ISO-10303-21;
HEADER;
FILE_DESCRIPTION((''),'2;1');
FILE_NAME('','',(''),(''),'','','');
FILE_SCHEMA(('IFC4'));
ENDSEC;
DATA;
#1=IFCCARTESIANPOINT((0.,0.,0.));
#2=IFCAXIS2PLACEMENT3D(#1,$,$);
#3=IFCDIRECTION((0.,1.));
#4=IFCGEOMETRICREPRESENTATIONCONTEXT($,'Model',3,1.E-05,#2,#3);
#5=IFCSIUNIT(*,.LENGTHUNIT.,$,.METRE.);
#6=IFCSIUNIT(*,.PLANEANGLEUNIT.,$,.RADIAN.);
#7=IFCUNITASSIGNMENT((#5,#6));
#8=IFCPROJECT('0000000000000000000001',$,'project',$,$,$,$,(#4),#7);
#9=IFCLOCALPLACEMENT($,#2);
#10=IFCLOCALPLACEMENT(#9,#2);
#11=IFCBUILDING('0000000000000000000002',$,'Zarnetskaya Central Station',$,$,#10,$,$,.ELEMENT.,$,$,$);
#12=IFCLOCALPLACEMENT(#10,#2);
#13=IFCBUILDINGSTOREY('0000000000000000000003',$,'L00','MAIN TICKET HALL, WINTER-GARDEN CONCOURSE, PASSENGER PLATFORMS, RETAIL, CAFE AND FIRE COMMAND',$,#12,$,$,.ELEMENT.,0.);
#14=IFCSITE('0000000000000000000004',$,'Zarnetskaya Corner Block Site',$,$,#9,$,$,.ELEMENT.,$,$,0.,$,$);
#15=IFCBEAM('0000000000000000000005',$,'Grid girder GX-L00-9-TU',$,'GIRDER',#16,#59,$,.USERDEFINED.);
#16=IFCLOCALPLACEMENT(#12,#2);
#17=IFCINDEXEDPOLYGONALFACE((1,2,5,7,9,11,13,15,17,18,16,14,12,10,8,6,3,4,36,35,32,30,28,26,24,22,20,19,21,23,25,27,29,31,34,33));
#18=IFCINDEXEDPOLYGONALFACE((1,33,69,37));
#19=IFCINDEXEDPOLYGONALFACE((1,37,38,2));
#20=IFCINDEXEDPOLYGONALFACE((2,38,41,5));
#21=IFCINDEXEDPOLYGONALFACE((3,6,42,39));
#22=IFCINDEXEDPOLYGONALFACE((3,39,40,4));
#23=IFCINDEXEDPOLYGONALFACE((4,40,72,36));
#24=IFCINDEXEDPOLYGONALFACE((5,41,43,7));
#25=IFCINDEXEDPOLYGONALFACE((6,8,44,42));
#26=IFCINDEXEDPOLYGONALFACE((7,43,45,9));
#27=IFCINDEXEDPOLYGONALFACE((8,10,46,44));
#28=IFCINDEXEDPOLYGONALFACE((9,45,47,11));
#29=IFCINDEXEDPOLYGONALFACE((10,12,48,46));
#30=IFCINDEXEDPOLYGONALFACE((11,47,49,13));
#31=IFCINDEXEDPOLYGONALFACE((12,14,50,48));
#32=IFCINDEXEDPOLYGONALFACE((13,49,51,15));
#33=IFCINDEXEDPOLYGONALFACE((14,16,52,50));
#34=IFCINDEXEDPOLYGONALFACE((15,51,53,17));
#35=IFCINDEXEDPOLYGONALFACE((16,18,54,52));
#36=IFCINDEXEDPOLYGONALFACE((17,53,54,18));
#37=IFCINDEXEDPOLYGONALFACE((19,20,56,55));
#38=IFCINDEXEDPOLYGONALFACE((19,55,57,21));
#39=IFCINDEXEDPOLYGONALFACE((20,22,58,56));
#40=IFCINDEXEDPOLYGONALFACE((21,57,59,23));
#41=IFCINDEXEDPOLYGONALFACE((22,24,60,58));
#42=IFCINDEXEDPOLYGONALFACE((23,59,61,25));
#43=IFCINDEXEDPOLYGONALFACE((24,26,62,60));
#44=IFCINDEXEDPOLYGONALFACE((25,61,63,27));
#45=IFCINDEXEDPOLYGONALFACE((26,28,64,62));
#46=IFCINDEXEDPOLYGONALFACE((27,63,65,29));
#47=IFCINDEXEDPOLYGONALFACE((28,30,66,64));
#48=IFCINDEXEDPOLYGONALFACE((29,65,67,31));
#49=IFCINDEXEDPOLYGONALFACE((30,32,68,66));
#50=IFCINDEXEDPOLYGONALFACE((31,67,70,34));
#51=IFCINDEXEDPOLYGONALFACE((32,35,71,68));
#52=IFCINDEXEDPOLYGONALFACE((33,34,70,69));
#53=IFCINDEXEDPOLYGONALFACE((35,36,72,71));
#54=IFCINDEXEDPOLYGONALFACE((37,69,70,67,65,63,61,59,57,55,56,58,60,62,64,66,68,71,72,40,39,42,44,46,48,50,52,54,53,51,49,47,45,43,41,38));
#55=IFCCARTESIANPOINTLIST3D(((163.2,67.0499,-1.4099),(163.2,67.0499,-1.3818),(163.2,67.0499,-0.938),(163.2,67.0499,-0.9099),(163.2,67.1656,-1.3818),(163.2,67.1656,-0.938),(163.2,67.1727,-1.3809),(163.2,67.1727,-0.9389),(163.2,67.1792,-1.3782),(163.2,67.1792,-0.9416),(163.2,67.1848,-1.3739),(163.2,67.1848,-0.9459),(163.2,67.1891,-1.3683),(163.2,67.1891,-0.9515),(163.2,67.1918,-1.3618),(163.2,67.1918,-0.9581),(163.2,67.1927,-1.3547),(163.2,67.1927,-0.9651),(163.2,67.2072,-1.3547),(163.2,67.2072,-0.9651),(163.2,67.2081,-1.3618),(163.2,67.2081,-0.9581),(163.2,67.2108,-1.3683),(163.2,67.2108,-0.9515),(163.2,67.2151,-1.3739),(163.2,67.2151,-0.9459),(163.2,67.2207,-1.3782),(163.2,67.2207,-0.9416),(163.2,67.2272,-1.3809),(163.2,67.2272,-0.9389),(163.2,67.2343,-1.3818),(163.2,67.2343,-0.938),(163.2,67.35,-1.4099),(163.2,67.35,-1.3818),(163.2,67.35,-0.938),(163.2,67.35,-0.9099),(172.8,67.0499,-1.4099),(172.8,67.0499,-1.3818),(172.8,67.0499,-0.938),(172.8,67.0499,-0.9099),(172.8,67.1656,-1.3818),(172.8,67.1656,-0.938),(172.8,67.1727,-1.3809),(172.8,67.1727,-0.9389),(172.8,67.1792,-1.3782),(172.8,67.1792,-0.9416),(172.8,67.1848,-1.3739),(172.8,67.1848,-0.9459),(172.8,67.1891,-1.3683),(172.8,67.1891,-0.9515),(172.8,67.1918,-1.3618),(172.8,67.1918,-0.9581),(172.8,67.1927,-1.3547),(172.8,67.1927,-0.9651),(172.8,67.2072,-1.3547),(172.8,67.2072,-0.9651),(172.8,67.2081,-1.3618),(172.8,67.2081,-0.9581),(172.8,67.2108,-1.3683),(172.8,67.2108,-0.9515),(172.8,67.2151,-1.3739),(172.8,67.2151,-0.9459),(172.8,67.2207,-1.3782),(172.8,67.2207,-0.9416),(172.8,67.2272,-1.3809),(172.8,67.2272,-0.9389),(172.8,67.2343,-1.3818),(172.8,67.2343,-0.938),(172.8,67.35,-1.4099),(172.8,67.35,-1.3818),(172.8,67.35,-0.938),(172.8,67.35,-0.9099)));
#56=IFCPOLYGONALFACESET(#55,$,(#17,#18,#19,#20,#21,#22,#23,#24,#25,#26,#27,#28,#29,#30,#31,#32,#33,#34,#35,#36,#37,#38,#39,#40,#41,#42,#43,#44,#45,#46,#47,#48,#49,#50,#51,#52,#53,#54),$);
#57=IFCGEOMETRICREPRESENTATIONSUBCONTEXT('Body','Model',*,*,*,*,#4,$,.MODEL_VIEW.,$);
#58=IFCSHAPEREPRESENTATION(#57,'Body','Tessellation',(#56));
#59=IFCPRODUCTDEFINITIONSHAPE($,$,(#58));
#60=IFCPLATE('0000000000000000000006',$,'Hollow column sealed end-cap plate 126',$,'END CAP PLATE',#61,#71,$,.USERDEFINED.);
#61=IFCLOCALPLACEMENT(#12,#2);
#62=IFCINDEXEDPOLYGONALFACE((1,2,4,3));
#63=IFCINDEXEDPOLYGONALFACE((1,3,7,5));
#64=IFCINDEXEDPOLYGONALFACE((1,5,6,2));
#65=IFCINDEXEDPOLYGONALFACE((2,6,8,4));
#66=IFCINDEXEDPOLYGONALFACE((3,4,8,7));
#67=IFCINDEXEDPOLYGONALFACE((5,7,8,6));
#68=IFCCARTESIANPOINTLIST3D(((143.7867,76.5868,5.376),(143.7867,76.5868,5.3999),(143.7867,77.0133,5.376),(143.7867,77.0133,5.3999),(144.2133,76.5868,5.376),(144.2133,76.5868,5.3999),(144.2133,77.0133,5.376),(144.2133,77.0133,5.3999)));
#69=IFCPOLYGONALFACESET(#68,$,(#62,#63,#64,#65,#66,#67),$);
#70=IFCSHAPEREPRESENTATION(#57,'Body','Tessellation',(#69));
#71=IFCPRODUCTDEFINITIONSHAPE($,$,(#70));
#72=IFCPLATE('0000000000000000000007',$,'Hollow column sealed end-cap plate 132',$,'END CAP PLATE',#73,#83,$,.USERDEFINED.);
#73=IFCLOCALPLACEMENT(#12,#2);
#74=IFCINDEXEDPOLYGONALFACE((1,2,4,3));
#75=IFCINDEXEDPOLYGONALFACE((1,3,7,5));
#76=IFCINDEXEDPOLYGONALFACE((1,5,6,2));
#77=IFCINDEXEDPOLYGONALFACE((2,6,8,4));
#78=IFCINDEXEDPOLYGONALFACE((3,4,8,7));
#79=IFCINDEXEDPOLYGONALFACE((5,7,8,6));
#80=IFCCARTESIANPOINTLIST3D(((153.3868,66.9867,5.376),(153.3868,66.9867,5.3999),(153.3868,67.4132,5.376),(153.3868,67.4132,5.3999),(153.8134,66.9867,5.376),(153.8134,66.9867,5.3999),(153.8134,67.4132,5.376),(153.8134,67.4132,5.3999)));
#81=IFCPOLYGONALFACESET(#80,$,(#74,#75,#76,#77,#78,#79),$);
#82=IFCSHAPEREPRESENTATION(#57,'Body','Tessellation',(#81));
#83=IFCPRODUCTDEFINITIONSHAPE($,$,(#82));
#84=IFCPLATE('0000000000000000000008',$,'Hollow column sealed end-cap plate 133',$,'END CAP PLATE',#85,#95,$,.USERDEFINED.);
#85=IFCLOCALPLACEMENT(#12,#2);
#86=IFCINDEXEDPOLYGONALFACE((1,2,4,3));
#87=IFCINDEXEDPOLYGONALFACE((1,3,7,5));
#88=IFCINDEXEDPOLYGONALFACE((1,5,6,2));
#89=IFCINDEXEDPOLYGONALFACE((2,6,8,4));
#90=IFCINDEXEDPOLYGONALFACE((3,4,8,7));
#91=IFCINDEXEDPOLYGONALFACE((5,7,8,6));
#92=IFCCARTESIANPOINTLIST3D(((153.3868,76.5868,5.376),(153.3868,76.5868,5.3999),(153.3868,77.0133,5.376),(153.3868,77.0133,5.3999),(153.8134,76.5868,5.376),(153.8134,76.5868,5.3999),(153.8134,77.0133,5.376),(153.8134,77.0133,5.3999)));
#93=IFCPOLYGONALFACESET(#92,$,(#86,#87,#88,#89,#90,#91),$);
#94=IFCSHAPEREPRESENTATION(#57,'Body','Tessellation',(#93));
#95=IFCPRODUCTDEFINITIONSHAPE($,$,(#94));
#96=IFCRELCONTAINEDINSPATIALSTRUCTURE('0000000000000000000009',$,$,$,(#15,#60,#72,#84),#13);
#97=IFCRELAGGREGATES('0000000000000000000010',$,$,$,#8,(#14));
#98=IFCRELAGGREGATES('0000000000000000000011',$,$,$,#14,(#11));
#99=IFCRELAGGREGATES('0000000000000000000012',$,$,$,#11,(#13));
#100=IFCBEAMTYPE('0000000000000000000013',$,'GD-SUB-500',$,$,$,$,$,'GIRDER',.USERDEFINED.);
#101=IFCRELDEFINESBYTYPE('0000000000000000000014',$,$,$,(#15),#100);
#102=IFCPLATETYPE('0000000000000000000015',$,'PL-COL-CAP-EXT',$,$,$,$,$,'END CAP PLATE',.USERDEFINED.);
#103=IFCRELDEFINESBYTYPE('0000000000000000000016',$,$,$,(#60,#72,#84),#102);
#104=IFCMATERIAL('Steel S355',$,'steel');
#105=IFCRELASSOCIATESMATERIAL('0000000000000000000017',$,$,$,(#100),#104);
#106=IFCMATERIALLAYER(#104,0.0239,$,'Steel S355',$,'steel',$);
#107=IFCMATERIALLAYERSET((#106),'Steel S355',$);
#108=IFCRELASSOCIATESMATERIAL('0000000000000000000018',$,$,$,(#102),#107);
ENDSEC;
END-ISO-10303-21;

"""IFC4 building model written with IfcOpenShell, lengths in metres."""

from ifc_helpers import new_model, si_unit, direction, frame, origin, origin_2d, place, context, subcontext, project, spatial, rectangle, i_section, extrude, material, layer, layer_set, material_profile, profile_set, type_object, element, save


model = new_model("IFC4")

# Units and contexts
model_context = context("Model", 3, precision=1e-05, world=origin(), true_north=direction((0.0, 1.0)))
body_context = subcontext(model_context, "Body", "Model", "MODEL_VIEW")
ifc_project = project(units=[si_unit("LENGTHUNIT", "METRE"), si_unit("PLANEANGLEUNIT", "RADIAN")], contexts=[model_context])

# Site, building, storey
site_placement = place(None, origin())
site = spatial("IfcSite", under=ifc_project, at=site_placement, Name="Zarnetskaya Corner Block Site", CompositionType="ELEMENT", RefElevation=0.0)
building_placement = place(site_placement, origin())
building = spatial("IfcBuilding", under=site, at=building_placement, Name="Zarnetskaya Central Station", CompositionType="ELEMENT")
storey_placement = place(building_placement, origin())
storey = spatial("IfcBuildingStorey", under=building, at=storey_placement, Name="L00", Description="MAIN TICKET HALL, WINTER-GARDEN CONCOURSE, PASSENGER PLATFORMS, RETAIL, CAFE AND FIRE COMMAND", CompositionType="ELEMENT", Elevation=0.0)

# Shared definitions
ifc_material = material(Name="Steel S355", Category="steel")

# Beam
ifc_material_profile_1 = material_profile(ifc_material, i_section(OverallWidth=0.3, OverallDepth=0.5, WebThickness=0.0144, FlangeThickness=0.0281, FilletRadius=0.0271, at=origin_2d()), Name="HEB 500")
ifc_profile_set_1 = profile_set([ifc_material_profile_1], Name="Steel S355")
beam_type_1 = type_object("IfcBeamType", Name="GD-SUB-500", ElementType="GIRDER", PredefinedType="USERDEFINED", material=ifc_profile_set_1)
beam_1_placement = place(storey_placement, frame((163.2, 67.2, -1.1599), z_axis=(1.0, 0.0, 0.0), x_axis=(0.0, 1.0, 0.0)))
element("IfcBeam", 1, at=beam_1_placement, inside=storey, type_object=beam_type_1, Name="Grid girder GX-L00-9-TU", ObjectType="GIRDER", PredefinedType="USERDEFINED", context=body_context, shape_type="SweptSolid", body=[
    extrude(i_section(OverallWidth=0.3, OverallDepth=0.5, WebThickness=0.0144, FlangeThickness=0.0281, FilletRadius=0.0271, at=origin_2d()), origin(), (0.0, 0.0, 1.0), 9.6001),
])

# Plates
ifc_layer = layer(ifc_material, 0.0239, Name="Steel S355", Category="steel")
ifc_layer_set = layer_set([ifc_layer], Name="Steel S355")
plate_type = type_object("IfcPlateType", Name="PL-COL-CAP-EXT", ElementType="END CAP PLATE", PredefinedType="USERDEFINED", material=ifc_layer_set)
for number, where, z_axis, x_axis, name in (
    (2, (144.0, 76.8, 5.376), (0.0, 0.0, 1.0), (1.0, 0.0, 0.0), "Hollow column sealed end-cap plate 126"),
    (3, (153.6001, 67.2, 5.376), (0.0, 0.0, 1.0), (1.0, 0.0, 0.0), "Hollow column sealed end-cap plate 132"),
    (4, (153.6001, 76.8, 5.376), (0.0, 0.0, 1.0), (1.0, 0.0, 0.0), "Hollow column sealed end-cap plate 133"),
):
    element("IfcPlate", number, at=place(storey_placement, frame(where, z_axis=z_axis, x_axis=x_axis)), inside=storey, type_object=plate_type, Name=name, ObjectType="END CAP PLATE", PredefinedType="USERDEFINED", context=body_context, shape_type="SweptSolid", body=[
        extrude(rectangle(XDim=0.4265, YDim=0.4265, at=origin_2d()), origin(), (0.0, 0.0, 1.0), 0.0239),
    ])

save(model, "model.ifc")
